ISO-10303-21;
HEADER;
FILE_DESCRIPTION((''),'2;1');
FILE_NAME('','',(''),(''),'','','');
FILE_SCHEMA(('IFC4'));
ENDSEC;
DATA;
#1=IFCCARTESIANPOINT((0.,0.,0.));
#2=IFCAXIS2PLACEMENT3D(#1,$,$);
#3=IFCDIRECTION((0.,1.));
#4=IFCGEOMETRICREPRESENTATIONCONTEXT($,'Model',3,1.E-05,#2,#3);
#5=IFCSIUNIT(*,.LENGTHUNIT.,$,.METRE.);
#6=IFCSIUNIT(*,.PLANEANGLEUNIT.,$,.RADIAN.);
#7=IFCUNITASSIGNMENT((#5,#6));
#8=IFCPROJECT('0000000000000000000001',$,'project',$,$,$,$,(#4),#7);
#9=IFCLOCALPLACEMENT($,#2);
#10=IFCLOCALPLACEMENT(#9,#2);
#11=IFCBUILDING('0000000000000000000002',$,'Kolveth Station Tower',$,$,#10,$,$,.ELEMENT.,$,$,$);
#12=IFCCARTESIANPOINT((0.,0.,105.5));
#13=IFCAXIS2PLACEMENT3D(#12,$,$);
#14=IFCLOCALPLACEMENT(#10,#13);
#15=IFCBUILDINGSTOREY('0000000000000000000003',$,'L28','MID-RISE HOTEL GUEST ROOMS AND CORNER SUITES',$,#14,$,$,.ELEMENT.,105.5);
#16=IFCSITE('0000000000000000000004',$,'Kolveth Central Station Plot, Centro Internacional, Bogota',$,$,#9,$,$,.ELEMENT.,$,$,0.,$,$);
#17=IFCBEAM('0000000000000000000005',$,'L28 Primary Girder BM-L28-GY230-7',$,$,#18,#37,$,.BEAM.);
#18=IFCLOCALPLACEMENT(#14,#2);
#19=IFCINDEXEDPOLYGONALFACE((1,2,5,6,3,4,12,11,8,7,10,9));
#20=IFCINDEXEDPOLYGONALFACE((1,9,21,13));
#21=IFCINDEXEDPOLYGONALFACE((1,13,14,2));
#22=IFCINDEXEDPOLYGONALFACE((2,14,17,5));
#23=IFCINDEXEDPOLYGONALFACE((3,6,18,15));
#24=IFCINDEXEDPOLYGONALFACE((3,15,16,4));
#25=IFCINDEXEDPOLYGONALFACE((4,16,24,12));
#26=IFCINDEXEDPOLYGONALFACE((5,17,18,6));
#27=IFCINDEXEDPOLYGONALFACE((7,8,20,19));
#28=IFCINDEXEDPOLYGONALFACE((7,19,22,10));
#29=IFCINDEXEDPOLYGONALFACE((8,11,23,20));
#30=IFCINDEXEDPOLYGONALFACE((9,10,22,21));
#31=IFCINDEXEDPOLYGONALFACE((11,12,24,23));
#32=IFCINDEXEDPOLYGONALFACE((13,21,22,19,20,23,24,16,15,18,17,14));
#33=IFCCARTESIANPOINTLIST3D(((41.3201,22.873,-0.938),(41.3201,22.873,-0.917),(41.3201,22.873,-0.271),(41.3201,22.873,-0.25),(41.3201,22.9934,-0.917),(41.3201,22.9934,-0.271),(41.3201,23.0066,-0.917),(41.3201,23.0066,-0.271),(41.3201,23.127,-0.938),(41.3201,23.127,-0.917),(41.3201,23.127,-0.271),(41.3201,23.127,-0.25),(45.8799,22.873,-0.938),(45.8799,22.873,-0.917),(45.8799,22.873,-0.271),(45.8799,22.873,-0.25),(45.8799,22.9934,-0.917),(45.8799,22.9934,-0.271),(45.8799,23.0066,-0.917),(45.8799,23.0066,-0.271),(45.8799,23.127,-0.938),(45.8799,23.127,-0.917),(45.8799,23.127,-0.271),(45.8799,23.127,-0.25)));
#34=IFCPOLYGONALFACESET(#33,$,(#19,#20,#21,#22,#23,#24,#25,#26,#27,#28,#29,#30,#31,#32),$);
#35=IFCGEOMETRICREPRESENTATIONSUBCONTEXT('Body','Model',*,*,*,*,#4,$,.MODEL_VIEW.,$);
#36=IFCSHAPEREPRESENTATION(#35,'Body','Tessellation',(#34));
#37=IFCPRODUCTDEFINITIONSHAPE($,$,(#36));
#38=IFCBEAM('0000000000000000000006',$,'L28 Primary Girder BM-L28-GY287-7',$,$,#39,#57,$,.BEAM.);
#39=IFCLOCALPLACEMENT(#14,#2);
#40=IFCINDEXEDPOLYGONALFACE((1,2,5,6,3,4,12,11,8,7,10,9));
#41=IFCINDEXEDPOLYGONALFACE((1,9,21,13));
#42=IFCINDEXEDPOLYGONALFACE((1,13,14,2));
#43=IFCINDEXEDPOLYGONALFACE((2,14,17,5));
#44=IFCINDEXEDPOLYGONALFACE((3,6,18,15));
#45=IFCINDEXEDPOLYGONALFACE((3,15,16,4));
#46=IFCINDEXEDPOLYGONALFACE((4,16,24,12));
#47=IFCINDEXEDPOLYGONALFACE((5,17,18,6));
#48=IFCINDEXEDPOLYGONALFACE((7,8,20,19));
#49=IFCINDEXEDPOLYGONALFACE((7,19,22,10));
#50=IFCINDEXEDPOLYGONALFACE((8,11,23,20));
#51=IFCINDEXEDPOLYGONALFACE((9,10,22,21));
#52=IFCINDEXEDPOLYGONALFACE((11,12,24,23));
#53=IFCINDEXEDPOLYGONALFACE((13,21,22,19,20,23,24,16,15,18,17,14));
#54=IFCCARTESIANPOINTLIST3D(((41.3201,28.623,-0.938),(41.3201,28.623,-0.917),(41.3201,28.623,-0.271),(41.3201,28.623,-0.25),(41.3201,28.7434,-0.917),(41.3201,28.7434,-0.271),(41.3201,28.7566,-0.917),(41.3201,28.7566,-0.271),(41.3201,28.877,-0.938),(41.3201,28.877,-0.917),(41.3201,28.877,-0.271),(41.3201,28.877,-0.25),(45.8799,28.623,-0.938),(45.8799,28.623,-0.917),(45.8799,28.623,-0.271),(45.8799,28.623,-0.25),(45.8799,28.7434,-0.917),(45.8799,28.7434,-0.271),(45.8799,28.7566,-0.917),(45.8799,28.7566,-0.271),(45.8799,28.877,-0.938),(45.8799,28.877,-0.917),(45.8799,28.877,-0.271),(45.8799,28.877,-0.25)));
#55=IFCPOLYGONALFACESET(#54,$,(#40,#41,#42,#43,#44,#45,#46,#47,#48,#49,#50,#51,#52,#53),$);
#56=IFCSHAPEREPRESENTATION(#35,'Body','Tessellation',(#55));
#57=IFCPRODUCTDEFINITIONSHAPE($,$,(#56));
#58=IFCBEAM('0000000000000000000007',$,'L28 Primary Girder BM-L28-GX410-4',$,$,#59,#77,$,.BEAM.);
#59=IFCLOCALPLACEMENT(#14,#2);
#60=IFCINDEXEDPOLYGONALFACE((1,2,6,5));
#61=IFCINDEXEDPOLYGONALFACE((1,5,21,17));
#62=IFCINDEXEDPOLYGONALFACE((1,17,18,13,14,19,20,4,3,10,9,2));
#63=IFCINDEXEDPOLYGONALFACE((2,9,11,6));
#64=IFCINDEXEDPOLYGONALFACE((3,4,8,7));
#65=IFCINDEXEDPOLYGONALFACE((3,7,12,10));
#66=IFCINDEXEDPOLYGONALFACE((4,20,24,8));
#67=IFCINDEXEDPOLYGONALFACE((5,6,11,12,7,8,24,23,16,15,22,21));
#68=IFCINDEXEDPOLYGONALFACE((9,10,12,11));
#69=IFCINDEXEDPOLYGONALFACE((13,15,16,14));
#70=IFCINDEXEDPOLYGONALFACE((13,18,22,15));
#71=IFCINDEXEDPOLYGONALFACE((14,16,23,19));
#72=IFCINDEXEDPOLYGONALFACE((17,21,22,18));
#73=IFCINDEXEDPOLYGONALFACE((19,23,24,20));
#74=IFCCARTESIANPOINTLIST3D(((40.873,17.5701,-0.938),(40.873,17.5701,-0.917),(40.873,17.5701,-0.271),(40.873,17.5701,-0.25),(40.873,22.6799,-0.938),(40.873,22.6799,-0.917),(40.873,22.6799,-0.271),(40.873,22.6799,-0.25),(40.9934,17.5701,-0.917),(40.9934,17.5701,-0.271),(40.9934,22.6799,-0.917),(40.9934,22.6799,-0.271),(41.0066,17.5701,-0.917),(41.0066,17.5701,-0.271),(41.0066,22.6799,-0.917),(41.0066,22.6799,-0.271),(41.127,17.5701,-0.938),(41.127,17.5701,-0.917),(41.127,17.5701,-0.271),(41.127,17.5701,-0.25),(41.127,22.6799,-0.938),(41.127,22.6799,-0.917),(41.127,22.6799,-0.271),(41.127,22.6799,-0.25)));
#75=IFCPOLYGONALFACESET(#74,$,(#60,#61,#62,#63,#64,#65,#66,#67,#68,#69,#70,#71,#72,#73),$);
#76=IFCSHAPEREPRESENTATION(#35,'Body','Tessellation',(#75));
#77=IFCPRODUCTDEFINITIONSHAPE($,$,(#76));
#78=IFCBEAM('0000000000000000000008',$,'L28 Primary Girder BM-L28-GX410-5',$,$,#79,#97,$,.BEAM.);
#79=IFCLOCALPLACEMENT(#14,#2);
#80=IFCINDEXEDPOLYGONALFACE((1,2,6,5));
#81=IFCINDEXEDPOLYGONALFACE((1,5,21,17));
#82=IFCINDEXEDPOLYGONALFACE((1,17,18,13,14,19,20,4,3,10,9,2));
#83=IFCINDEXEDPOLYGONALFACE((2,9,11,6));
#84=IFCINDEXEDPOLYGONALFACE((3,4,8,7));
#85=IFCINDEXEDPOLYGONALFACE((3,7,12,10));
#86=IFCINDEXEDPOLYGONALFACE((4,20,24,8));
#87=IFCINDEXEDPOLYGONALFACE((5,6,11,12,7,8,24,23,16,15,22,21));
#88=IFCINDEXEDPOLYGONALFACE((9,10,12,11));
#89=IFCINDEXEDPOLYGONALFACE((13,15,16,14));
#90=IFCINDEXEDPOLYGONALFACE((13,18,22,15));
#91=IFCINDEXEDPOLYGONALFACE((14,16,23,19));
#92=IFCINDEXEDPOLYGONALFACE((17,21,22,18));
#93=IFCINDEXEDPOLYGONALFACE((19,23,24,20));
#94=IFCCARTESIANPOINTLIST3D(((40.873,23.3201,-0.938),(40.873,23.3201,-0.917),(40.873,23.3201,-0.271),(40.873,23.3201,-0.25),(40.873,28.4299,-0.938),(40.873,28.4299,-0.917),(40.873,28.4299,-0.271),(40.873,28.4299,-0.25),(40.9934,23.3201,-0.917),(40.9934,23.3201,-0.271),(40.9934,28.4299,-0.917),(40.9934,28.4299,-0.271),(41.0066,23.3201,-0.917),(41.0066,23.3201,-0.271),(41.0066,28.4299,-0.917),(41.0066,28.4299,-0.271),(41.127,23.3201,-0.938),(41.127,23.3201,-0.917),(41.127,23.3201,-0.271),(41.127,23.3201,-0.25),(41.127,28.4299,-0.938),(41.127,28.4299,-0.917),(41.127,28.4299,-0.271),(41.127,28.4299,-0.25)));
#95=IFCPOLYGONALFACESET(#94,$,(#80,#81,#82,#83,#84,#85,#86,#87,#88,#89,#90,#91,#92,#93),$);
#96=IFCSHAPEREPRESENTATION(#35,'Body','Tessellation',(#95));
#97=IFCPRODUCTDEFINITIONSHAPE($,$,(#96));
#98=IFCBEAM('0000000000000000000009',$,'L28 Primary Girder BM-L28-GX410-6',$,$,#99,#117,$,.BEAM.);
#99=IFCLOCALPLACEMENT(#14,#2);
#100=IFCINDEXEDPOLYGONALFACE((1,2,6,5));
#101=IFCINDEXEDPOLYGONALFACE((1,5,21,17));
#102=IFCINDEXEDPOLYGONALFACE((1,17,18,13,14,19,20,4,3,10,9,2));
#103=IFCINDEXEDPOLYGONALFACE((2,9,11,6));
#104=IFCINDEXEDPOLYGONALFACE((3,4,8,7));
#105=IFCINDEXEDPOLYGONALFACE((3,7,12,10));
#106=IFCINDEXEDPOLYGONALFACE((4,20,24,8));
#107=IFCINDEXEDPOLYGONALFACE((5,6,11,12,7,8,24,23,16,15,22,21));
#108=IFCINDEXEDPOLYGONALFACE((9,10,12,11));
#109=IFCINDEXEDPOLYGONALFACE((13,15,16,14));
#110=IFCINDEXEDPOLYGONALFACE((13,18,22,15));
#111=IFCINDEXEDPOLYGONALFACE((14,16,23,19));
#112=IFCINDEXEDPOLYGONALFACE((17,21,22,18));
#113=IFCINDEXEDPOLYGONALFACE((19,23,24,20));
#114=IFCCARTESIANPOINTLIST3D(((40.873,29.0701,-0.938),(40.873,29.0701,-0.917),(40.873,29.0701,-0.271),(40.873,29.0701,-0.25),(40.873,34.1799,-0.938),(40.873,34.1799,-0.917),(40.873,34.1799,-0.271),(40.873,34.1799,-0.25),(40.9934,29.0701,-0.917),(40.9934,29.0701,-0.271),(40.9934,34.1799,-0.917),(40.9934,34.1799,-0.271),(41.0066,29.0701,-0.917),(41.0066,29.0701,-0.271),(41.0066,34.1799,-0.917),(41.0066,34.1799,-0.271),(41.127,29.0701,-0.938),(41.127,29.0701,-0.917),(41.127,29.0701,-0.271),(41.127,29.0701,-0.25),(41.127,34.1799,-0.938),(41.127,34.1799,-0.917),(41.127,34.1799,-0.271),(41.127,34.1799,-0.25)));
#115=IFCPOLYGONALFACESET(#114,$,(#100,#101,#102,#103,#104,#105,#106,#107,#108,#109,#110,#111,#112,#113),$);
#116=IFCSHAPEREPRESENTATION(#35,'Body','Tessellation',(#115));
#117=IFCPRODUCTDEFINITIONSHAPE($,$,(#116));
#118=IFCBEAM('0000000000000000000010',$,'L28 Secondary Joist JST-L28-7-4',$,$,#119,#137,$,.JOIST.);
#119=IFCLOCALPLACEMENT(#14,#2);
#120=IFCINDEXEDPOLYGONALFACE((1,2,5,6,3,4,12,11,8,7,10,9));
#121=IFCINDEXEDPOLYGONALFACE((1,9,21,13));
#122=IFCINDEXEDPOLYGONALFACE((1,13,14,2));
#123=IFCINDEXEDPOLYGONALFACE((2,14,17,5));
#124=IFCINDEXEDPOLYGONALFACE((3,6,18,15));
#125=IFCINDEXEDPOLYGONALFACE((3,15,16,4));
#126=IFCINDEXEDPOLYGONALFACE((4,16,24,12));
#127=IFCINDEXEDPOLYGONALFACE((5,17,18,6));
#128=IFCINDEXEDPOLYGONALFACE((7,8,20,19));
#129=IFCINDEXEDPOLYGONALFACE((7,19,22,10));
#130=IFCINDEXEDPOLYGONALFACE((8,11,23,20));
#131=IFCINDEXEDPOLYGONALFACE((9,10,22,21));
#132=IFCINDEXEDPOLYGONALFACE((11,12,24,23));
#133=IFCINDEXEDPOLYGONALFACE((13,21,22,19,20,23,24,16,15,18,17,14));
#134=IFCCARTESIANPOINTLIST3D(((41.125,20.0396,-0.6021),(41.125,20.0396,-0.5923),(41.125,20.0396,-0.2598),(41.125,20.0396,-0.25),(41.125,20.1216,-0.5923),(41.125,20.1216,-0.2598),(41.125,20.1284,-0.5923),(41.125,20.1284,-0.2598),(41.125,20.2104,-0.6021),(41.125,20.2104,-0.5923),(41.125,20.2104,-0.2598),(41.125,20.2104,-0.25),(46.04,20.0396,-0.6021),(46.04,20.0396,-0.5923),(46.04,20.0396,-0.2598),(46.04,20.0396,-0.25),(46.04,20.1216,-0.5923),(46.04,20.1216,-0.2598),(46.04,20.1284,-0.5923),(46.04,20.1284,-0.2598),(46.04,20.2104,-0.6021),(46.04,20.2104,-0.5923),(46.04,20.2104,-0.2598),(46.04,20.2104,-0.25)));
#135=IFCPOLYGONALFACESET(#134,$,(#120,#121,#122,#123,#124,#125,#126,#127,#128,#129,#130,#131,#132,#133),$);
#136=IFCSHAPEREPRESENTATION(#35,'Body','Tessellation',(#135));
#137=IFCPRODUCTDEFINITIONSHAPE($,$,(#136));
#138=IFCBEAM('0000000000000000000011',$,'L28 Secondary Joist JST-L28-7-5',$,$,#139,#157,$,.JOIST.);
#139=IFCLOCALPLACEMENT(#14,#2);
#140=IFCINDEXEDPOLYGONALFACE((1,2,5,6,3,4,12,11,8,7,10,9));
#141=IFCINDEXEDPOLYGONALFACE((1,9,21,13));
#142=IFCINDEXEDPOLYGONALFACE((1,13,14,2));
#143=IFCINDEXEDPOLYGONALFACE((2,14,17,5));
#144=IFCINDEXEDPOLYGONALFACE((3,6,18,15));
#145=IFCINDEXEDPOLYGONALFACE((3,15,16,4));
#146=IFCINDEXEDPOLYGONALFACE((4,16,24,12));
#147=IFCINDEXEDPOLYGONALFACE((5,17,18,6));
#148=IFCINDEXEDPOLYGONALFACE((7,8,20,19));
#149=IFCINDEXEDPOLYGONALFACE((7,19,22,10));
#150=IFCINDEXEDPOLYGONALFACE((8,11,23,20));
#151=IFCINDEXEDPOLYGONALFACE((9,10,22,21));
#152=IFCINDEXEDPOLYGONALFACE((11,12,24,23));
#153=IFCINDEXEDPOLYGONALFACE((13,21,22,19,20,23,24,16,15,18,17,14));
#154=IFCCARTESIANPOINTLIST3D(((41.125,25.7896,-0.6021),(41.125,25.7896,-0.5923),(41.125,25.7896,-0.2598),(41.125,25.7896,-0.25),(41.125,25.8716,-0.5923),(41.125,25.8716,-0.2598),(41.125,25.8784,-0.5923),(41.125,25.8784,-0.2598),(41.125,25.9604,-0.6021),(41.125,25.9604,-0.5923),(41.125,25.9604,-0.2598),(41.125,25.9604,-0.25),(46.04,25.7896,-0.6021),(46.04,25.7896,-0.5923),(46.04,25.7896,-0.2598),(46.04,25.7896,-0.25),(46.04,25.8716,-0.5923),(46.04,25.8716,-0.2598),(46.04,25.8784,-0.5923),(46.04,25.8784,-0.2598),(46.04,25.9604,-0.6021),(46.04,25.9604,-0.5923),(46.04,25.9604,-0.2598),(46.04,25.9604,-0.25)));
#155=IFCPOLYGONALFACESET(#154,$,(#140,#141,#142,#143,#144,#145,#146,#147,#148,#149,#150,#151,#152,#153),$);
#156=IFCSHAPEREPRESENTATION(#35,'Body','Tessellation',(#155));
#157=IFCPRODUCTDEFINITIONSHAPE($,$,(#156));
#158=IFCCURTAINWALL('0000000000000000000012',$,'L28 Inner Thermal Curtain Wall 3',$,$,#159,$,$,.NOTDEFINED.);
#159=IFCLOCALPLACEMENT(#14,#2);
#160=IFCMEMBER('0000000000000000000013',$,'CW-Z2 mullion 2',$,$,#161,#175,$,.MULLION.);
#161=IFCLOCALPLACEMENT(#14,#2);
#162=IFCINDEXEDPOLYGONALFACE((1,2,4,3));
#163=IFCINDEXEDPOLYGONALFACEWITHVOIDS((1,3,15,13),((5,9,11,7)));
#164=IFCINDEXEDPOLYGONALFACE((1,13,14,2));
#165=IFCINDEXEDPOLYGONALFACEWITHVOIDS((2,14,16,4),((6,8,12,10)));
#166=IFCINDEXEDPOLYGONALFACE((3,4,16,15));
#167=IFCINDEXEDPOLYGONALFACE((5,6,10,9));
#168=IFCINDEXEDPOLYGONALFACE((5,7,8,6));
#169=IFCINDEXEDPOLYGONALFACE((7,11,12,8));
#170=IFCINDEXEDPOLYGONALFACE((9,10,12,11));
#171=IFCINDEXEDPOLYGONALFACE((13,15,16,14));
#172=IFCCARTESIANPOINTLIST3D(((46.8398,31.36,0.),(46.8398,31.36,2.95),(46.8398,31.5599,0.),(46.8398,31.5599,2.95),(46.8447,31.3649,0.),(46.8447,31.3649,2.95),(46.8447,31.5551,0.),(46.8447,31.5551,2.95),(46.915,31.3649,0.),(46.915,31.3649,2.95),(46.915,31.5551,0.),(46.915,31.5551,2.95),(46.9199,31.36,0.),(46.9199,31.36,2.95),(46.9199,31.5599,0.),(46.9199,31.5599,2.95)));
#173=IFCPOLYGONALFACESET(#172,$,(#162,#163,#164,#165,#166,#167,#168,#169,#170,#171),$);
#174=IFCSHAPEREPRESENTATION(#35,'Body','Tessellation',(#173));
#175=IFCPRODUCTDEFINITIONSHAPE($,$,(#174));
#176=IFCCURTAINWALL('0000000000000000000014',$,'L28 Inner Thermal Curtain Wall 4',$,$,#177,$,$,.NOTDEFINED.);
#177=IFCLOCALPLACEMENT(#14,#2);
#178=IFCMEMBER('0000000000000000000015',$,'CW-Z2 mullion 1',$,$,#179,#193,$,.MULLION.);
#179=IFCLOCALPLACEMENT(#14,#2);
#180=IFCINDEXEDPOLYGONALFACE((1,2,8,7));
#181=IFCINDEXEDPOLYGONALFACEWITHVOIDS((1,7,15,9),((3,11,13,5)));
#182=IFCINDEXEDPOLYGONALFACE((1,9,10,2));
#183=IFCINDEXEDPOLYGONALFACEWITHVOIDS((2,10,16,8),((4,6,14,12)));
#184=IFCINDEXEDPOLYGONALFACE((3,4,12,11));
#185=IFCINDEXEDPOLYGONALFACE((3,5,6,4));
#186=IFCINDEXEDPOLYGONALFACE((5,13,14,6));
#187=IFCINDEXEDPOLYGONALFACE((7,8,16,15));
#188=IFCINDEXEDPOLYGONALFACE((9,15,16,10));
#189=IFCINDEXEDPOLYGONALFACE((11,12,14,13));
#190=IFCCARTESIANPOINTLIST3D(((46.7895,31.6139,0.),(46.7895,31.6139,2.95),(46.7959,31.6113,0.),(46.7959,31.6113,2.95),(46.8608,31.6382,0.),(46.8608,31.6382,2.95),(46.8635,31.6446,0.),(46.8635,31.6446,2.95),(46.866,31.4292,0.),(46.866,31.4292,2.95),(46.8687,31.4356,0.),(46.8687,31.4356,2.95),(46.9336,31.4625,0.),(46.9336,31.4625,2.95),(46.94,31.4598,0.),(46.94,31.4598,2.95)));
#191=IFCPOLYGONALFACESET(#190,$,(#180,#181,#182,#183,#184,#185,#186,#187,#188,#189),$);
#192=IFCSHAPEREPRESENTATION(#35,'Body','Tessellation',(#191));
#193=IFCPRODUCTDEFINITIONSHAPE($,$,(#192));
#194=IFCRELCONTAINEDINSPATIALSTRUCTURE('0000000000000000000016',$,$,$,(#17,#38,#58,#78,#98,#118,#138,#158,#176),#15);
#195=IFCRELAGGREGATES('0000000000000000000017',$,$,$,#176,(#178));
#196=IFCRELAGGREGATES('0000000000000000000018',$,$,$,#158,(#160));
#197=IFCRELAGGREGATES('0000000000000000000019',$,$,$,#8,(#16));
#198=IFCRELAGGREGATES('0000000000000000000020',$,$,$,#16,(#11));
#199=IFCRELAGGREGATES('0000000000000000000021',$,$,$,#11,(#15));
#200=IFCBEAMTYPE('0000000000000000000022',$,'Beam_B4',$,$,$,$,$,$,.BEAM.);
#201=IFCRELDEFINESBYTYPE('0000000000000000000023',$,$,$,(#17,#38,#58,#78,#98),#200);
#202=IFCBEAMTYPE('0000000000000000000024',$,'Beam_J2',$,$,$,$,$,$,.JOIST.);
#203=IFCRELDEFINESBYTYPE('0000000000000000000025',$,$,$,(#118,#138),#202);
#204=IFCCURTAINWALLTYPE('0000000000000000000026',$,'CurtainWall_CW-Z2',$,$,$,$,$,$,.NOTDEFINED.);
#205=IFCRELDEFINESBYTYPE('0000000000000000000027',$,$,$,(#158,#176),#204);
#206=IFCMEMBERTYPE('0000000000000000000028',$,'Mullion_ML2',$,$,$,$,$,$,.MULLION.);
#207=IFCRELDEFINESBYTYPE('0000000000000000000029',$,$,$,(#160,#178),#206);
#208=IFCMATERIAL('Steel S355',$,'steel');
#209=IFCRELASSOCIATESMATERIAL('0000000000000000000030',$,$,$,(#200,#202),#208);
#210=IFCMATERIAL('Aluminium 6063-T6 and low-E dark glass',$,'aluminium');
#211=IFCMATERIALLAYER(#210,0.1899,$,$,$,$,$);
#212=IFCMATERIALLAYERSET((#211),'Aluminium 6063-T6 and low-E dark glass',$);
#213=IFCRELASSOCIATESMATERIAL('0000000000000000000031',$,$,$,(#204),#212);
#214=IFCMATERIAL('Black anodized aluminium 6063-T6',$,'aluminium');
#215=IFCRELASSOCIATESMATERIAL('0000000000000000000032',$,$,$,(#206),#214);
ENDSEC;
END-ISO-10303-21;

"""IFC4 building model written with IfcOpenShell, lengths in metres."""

from ifc_helpers import new_model, si_unit, direction, frame, origin, origin_2d, place, context, subcontext, project, spatial, hollow_rectangle, i_section, extrude, source, transform, mapped, material, layer, layer_set, material_profile, profile_set, type_object, element, aggregate, save


model = new_model("IFC4")

# Units and contexts
model_context = context("Model", 3, precision=1e-05, world=origin(), true_north=direction((0.0, 1.0)))
body_context = subcontext(model_context, "Body", "Model", "MODEL_VIEW")
ifc_project = project(units=[si_unit("LENGTHUNIT", "METRE"), si_unit("PLANEANGLEUNIT", "RADIAN")], contexts=[model_context])

# Site, building, storey
site_placement = place(None, origin())
site = spatial("IfcSite", under=ifc_project, at=site_placement, Name="Kolveth Central Station Plot, Centro Internacional, Bogota", CompositionType="ELEMENT", RefElevation=0.0)
building_placement = place(site_placement, origin())
building = spatial("IfcBuilding", under=site, at=building_placement, Name="Kolveth Station Tower", CompositionType="ELEMENT")
storey_placement = place(building_placement, frame((0.0, 0.0, 105.5)))
storey = spatial("IfcBuildingStorey", under=building, at=storey_placement, Name="L28", Description="MID-RISE HOTEL GUEST ROOMS AND CORNER SUITES", CompositionType="ELEMENT", Elevation=105.5)

# Beams
ifc_material_1 = material(Name="Steel S355", Category="steel")
ifc_material_profile_1 = material_profile(ifc_material_1, i_section(OverallWidth=0.2539, OverallDepth=0.688, WebThickness=0.0132, FlangeThickness=0.021, at=origin_2d()), Name="W690x152")
ifc_profile_set_1 = profile_set([ifc_material_profile_1], Name="Steel S355")
beam_type_1 = type_object("IfcBeamType", Name="Beam_B4", PredefinedType="BEAM", material=ifc_profile_set_1)
shared_shape_1 = source(origin(), body_context, "Body", "SweptSolid", [
    extrude(i_section(OverallWidth=0.2539, OverallDepth=0.688, WebThickness=0.0132, FlangeThickness=0.021, at=origin_2d()), origin(), (0.0, 0.0, 1.0), 4.5598),
])
for number, where, z_axis, x_axis, name in (
    (1, (41.3201, 23.0, -0.594), (1.0, 0.0, 0.0), (0.0, 1.0, 0.0), "L28 Primary Girder BM-L28-GY230-7"),
    (2, (41.3201, 28.75, -0.594), (1.0, 0.0, 0.0), (0.0, 1.0, 0.0), "L28 Primary Girder BM-L28-GY287-7"),
):
    element("IfcBeam", number, at=place(storey_placement, frame(where, z_axis=z_axis, x_axis=x_axis)), inside=storey, type_object=beam_type_1, Name=name, PredefinedType="BEAM", context=body_context, shape_type="MappedRepresentation", body=[
        mapped(shared_shape_1, transform((0.0, 0.0, 0.0), x_axis=(1.0, 0.0, 0.0), y_axis=(0.0, 1.0, 0.0), z_axis=(0.0, 0.0, 1.0), scale=1.0)),
    ])
shared_shape_2 = source(origin(), body_context, "Body", "SweptSolid", [
    extrude(i_section(OverallWidth=0.2539, OverallDepth=0.688, WebThickness=0.0132, FlangeThickness=0.021, at=origin_2d()), origin(), (0.0, 0.0, 1.0), 5.1099),
])
for number, where, z_axis, x_axis, name in (
    (3, (41.0, 17.5701, -0.594), (0.0, 1.0, 0.0), (-1.0, 0.0, 0.0), "L28 Primary Girder BM-L28-GX410-4"),
    (4, (41.0, 23.3201, -0.594), (0.0, 1.0, 0.0), (-1.0, 0.0, 0.0), "L28 Primary Girder BM-L28-GX410-5"),
    (5, (41.0, 29.0701, -0.594), (0.0, 1.0, 0.0), (-1.0, 0.0, 0.0), "L28 Primary Girder BM-L28-GX410-6"),
):
    element("IfcBeam", number, at=place(storey_placement, frame(where, z_axis=z_axis, x_axis=x_axis)), inside=storey, type_object=beam_type_1, Name=name, PredefinedType="BEAM", context=body_context, shape_type="MappedRepresentation", body=[
        mapped(shared_shape_2, transform((0.0, 0.0, 0.0), x_axis=(1.0, 0.0, 0.0), y_axis=(0.0, 1.0, 0.0), z_axis=(0.0, 0.0, 1.0), scale=1.0)),
    ])
ifc_material_profile_2 = material_profile(ifc_material_1, i_section(OverallWidth=0.1709, OverallDepth=0.3521, WebThickness=0.0068, FlangeThickness=0.0098, at=origin_2d()), Name="W360x44")
ifc_profile_set_2 = profile_set([ifc_material_profile_2], Name="Steel S355")
beam_type_2 = type_object("IfcBeamType", Name="Beam_J2", PredefinedType="JOIST", material=ifc_profile_set_2)
shared_shape_3 = source(origin(), body_context, "Body", "SweptSolid", [
    extrude(i_section(OverallWidth=0.1709, OverallDepth=0.3521, WebThickness=0.0068, FlangeThickness=0.0098, at=origin_2d()), origin(), (0.0, 0.0, 1.0), 4.915),
])
for number, where, z_axis, x_axis, name in (
    (6, (41.125, 20.125, -0.426), (1.0, 0.0, 0.0), (0.0, 1.0, 0.0), "L28 Secondary Joist JST-L28-7-4"),
    (7, (41.125, 25.875, -0.426), (1.0, 0.0, 0.0), (0.0, 1.0, 0.0), "L28 Secondary Joist JST-L28-7-5"),
):
    element("IfcBeam", number, at=place(storey_placement, frame(where, z_axis=z_axis, x_axis=x_axis)), inside=storey, type_object=beam_type_2, Name=name, PredefinedType="JOIST", context=body_context, shape_type="MappedRepresentation", body=[
        mapped(shared_shape_3, transform((0.0, 0.0, 0.0), x_axis=(1.0, 0.0, 0.0), y_axis=(0.0, 1.0, 0.0), z_axis=(0.0, 0.0, 1.0), scale=1.0)),
    ])

# Curtain wall, member
ifc_material_2 = material(Name="Aluminium 6063-T6 and low-E dark glass", Category="aluminium")
ifc_layer_1 = layer(ifc_material_2, 0.1899)
ifc_layer_set_1 = layer_set([ifc_layer_1], Name="Aluminium 6063-T6 and low-E dark glass")
curtain_wall_type = type_object("IfcCurtainWallType", Name="CurtainWall_CW-Z2", PredefinedType="NOTDEFINED", material=ifc_layer_set_1)
curtain_wall_1_placement = place(storey_placement, origin())
curtain_wall_1 = element("IfcCurtainWall", 8, at=curtain_wall_1_placement, inside=storey, type_object=curtain_wall_type, Name="L28 Inner Thermal Curtain Wall 3", PredefinedType="NOTDEFINED")
ifc_material_3 = material(Name="Black anodized aluminium 6063-T6", Category="aluminium")
ifc_material_profile_3 = material_profile(ifc_material_3, hollow_rectangle(XDim=0.0801, YDim=0.2, WallThickness=0.0049, at=origin_2d()), Name="ALU-80x200x5")
ifc_profile_set_3 = profile_set([ifc_material_profile_3], Name="Black anodized aluminium 6063-T6")
member_type_1 = type_object("IfcMemberType", Name="Mullion_ML2", PredefinedType="MULLION", material=ifc_profile_set_3)
shared_shape_4 = source(origin(), body_context, "Body", "SweptSolid", [
    extrude(hollow_rectangle(XDim=0.0801, YDim=0.2, WallThickness=0.0049, at=origin_2d()), origin(), (0.0, 0.0, 1.0), 2.95),
])
member_1_placement = place(storey_placement, frame((46.8799, 31.46, 0.0), z_axis=(0.0, 0.0, 1.0), x_axis=(-1.0, 0.0, 0.0)))
member_1 = element("IfcMember", 9, at=member_1_placement, type_object=member_type_1, Name="CW-Z2 mullion 2", PredefinedType="MULLION", context=body_context, shape_type="MappedRepresentation", body=[
    mapped(shared_shape_4, transform((0.0, 0.0, 0.0), x_axis=(1.0, 0.0, 0.0), y_axis=(0.0, 1.0, 0.0), z_axis=(0.0, 0.0, 1.0), scale=1.0)),
])

# Curtain wall, member
curtain_wall_2_placement = place(storey_placement, origin())
curtain_wall_2 = element("IfcCurtainWall", 10, at=curtain_wall_2_placement, inside=storey, type_object=curtain_wall_type, Name="L28 Inner Thermal Curtain Wall 4", PredefinedType="NOTDEFINED")
member_2_placement = place(storey_placement, frame((46.8647, 31.5369, 0.0), z_axis=(0.0, 0.0, 1.0), x_axis=(-0.923888, -0.382663, 0.0)))
member_2 = element("IfcMember", 11, at=member_2_placement, type_object=member_type_1, Name="CW-Z2 mullion 1", PredefinedType="MULLION", context=body_context, shape_type="MappedRepresentation", body=[
    mapped(shared_shape_4, transform((0.0, 0.0, 0.0), x_axis=(1.0, 0.0, 0.0), y_axis=(0.0, 1.0, 0.0), z_axis=(0.0, 0.0, 1.0), scale=1.0)),
])
aggregate(curtain_wall_2, [member_2])

aggregate(curtain_wall_1, [member_1])

save(model, "model.ifc")
